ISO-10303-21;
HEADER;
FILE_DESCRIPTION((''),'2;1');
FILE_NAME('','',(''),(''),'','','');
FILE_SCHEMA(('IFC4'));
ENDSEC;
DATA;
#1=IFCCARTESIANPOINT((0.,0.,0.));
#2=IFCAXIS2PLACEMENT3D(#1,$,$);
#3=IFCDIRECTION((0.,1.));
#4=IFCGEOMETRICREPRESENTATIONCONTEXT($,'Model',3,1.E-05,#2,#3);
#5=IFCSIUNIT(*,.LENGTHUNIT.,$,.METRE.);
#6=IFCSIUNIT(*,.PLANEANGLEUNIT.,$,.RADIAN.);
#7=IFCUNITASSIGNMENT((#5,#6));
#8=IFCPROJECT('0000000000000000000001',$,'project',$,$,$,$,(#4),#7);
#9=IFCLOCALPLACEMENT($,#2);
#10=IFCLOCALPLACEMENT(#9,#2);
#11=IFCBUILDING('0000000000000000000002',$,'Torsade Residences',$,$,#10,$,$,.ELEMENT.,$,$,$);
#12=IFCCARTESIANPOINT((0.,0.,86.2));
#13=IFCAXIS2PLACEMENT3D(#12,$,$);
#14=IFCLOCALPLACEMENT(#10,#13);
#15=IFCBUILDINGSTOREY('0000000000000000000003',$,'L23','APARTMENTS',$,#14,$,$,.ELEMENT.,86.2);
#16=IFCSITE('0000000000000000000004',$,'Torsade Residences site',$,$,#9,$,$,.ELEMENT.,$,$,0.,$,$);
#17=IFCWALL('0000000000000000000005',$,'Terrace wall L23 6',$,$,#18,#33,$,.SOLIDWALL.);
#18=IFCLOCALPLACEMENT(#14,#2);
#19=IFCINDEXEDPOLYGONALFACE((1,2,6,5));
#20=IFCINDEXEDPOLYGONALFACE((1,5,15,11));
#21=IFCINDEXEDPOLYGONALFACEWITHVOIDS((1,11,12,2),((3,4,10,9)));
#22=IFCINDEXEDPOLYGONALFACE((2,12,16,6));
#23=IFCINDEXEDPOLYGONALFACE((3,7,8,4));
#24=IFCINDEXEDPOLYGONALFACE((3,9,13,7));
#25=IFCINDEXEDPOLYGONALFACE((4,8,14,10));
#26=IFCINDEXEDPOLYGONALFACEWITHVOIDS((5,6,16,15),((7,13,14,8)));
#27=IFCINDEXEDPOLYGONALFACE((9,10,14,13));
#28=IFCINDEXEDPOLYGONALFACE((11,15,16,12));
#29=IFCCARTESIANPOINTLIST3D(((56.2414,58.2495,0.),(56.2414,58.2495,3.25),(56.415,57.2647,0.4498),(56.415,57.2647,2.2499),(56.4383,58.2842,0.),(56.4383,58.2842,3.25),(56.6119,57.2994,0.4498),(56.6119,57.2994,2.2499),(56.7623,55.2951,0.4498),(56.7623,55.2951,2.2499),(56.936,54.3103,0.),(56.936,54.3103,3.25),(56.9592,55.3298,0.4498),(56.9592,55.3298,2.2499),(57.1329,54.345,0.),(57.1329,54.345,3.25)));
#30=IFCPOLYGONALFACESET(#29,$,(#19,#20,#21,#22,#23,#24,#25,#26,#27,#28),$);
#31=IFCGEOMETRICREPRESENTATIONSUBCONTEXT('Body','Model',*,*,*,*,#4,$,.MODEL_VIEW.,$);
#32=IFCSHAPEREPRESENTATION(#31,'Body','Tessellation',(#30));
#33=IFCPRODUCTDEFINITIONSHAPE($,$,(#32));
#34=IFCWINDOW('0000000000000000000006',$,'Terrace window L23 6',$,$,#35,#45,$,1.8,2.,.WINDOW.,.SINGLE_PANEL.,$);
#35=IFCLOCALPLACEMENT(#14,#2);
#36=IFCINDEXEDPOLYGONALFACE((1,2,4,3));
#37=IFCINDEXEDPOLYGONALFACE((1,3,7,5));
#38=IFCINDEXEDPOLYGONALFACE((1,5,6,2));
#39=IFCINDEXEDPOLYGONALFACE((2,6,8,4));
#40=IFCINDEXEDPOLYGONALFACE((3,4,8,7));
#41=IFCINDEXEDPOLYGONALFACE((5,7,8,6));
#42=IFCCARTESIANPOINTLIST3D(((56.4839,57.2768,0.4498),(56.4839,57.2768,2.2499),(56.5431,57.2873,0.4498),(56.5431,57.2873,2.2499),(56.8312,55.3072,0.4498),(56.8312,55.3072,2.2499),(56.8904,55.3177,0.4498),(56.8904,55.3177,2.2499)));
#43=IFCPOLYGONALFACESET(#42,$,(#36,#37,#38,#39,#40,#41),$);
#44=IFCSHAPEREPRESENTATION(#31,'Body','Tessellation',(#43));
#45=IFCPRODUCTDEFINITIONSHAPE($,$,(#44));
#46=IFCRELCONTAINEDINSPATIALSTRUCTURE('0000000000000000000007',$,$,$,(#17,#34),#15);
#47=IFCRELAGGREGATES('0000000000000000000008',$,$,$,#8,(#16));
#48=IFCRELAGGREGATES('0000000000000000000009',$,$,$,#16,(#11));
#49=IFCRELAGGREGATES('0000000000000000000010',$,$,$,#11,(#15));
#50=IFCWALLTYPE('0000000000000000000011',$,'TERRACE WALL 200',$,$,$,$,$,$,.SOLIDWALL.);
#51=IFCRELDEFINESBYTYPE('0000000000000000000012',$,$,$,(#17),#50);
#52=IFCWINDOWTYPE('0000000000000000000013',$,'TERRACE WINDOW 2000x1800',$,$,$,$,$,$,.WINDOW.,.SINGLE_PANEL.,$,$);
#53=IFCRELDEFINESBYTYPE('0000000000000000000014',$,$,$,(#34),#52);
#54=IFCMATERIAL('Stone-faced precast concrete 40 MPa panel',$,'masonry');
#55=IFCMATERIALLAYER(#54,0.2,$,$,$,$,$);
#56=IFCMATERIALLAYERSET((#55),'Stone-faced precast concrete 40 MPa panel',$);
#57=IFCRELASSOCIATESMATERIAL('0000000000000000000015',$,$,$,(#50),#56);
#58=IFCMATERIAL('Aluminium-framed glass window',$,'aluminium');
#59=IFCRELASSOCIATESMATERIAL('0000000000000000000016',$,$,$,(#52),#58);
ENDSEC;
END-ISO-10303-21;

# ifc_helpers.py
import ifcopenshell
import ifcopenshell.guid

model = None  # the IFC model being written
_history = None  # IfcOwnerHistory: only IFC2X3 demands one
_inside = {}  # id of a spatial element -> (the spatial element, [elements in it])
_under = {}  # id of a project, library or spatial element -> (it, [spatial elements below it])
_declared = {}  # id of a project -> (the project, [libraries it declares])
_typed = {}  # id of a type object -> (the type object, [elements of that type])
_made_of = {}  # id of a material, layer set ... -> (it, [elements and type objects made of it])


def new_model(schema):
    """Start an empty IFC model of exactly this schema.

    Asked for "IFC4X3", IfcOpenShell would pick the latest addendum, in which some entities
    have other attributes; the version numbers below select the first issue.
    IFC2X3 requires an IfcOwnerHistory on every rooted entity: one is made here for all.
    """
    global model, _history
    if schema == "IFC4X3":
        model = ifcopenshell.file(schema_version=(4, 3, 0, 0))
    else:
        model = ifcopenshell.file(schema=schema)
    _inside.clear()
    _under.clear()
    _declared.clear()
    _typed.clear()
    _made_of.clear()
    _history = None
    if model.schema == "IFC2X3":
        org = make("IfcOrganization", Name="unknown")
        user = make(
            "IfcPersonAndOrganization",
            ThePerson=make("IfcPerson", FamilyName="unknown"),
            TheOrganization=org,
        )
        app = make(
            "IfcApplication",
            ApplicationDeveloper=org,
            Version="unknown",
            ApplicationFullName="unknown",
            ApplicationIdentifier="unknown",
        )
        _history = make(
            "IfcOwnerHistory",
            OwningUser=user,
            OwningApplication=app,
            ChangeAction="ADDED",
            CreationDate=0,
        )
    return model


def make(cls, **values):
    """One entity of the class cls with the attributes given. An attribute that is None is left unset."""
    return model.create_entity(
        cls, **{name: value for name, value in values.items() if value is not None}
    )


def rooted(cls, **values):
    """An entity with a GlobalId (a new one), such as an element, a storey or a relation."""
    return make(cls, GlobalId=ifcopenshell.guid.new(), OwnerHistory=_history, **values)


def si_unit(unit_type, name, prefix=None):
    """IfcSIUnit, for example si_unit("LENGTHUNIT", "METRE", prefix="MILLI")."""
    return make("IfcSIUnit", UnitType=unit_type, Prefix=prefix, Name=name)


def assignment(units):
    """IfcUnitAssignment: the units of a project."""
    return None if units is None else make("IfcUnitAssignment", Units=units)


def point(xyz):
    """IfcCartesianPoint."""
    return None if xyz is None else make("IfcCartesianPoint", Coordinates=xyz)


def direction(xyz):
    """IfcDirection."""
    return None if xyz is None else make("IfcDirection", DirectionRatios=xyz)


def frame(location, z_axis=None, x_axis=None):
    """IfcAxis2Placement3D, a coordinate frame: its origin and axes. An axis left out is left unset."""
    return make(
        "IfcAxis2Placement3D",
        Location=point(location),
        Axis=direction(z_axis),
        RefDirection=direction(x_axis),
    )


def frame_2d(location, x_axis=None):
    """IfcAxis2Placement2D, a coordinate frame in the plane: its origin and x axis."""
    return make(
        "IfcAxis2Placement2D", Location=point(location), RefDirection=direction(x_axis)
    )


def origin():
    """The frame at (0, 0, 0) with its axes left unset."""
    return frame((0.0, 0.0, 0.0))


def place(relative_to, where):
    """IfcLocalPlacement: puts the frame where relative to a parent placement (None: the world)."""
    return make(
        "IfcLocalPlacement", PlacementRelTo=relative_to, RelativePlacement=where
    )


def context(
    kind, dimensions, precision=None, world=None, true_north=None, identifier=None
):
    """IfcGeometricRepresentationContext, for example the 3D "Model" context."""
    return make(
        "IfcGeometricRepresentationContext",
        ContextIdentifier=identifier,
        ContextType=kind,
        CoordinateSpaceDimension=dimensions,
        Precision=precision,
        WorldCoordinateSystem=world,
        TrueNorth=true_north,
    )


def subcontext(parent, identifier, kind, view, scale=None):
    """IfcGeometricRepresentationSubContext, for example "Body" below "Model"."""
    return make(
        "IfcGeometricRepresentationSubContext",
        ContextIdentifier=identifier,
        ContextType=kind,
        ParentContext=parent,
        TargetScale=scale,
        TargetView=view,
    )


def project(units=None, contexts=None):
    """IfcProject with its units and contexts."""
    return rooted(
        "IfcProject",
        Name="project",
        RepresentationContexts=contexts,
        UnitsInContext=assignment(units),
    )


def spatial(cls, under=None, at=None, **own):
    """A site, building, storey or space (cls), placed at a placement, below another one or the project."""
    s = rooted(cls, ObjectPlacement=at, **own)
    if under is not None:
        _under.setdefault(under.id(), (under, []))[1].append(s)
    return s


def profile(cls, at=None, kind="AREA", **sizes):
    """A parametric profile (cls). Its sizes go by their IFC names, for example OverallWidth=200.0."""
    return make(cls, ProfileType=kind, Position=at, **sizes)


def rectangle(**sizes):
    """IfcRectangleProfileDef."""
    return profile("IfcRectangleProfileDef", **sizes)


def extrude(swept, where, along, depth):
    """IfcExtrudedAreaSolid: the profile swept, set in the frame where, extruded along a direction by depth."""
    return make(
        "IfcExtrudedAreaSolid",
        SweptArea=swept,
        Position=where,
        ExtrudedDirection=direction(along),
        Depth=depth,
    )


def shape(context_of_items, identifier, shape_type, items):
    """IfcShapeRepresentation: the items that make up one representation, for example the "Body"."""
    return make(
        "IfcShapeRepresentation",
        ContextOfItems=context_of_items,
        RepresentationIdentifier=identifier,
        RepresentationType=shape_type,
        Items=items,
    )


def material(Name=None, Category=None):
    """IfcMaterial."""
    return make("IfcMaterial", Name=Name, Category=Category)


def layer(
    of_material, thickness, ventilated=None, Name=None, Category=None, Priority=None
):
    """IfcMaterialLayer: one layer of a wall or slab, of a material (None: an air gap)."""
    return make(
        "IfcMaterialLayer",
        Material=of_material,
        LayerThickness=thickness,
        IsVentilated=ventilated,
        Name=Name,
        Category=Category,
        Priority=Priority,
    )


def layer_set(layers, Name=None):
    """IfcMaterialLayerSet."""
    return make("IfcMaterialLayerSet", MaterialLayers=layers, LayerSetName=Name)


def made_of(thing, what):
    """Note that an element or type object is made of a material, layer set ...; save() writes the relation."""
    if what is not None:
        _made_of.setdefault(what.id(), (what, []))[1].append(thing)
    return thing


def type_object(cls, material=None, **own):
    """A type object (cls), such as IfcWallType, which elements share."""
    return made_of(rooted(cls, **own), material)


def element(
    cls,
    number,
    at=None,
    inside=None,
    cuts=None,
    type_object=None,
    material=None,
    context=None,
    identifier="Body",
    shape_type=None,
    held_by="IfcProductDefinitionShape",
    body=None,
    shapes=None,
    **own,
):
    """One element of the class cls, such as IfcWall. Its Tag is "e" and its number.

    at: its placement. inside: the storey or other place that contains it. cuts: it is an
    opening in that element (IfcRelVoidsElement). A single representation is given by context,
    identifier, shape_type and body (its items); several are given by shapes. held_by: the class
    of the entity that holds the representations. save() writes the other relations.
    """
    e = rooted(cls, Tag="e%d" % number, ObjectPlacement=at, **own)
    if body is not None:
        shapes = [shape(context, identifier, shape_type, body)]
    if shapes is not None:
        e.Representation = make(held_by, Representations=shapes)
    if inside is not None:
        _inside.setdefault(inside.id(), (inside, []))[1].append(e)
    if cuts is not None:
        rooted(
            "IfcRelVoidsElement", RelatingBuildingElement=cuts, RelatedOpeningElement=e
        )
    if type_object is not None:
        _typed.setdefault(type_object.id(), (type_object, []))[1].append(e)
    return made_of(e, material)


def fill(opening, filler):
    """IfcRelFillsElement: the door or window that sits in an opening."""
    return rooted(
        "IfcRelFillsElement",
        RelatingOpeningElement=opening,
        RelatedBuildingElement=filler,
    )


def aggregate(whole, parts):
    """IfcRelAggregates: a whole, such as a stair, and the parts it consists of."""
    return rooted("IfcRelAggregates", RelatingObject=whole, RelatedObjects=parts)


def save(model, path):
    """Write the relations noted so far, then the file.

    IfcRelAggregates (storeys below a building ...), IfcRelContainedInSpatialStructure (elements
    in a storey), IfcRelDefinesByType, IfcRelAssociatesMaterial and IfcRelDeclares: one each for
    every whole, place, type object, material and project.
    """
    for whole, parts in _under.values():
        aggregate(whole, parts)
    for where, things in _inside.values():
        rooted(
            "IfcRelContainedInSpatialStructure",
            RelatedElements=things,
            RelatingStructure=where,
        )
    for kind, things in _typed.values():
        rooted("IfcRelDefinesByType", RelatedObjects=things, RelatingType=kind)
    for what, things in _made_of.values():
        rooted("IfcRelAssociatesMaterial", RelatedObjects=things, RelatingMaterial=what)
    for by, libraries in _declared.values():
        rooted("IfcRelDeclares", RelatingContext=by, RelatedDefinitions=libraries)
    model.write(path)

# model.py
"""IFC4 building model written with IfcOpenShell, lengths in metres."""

from ifc_helpers import new_model, si_unit, direction, frame, frame_2d, origin, place, context, subcontext, project, spatial, rectangle, extrude, material, layer, layer_set, type_object, element, fill, save


model = new_model("IFC4")

# Units and contexts
model_context = context("Model", 3, precision=1e-05, world=origin(), true_north=direction((0.0, 1.0)))
body_context = subcontext(model_context, "Body", "Model", "MODEL_VIEW")
ifc_project = project(units=[si_unit("LENGTHUNIT", "METRE"), si_unit("PLANEANGLEUNIT", "RADIAN")], contexts=[model_context])

# Site, building, storey
site_placement = place(None, origin())
site = spatial("IfcSite", under=ifc_project, at=site_placement, Name="Torsade Residences site", CompositionType="ELEMENT", RefElevation=0.0)
building_placement = place(site_placement, origin())
building = spatial("IfcBuilding", under=site, at=building_placement, Name="Torsade Residences", CompositionType="ELEMENT")
storey_placement = place(building_placement, frame((0.0, 0.0, 86.2)))
storey = spatial("IfcBuildingStorey", under=building, at=storey_placement, Name="L23", Description="APARTMENTS", CompositionType="ELEMENT", Elevation=86.2)

# Shared definitions
ifc_material_1 = material(Name="Stone-faced precast concrete 40 MPa panel", Category="masonry")
ifc_layer_1 = layer(ifc_material_1, 0.2)
ifc_layer_set_1 = layer_set([ifc_layer_1], Name="Stone-faced precast concrete 40 MPa panel")
wall_type = type_object("IfcWallType", Name="TERRACE WALL 200", PredefinedType="SOLIDWALL", material=ifc_layer_set_1)

# Wall, opening, window
wall_1_placement = place(storey_placement, frame((57.0344, 54.3276, 0.0), z_axis=(0.0, 0.0, 1.0), x_axis=(-0.173646, 0.984808, 0.0)))
wall_1 = element("IfcWall", 1, at=wall_1_placement, inside=storey, type_object=wall_type, Name="Terrace wall L23 6", PredefinedType="SOLIDWALL", context=body_context, shape_type="SweptSolid", body=[
    extrude(rectangle(XDim=4.0, YDim=0.2, at=frame_2d((2.0, 0.0))), origin(), (0.0, 0.0, 1.0), 3.25),
])
opening_1_placement = place(wall_1_placement, frame((1.0, 0.0, 0.45)))
opening_1 = element("IfcOpeningElement", 2, at=opening_1_placement, cuts=wall_1, PredefinedType="OPENING", context=body_context, shape_type="SweptSolid", body=[
    extrude(rectangle(XDim=2.0, YDim=1.8, at=frame_2d((1.0, 0.8999))), frame((0.0, 0.1099, 0.0), z_axis=(0.0, -1.0, 0.0), x_axis=(1.0, 0.0, 0.0)), (0.0, 0.0, 1.0), 0.22),
])
ifc_material_2 = material(Name="Aluminium-framed glass window", Category="aluminium")
window_type = type_object("IfcWindowType", Name="TERRACE WINDOW 2000x1800", PartitioningType="SINGLE_PANEL", PredefinedType="WINDOW", material=ifc_material_2)
window_placement = place(opening_1_placement, origin())
window = element("IfcWindow", 3, at=window_placement, inside=storey, type_object=window_type, Name="Terrace window L23 6", OverallHeight=1.8, OverallWidth=2.0, PartitioningType="SINGLE_PANEL", PredefinedType="WINDOW", context=body_context, shape_type="SweptSolid", body=[
    extrude(rectangle(XDim=2.0, YDim=1.8, at=frame_2d((1.0, 0.8999))), frame((0.0, 0.03, 0.0), z_axis=(0.0, -1.0, 0.0), x_axis=(1.0, 0.0, 0.0)), (0.0, 0.0, 1.0), 0.0601),
])
fill(opening_1, window)

save(model, "model.ifc")
